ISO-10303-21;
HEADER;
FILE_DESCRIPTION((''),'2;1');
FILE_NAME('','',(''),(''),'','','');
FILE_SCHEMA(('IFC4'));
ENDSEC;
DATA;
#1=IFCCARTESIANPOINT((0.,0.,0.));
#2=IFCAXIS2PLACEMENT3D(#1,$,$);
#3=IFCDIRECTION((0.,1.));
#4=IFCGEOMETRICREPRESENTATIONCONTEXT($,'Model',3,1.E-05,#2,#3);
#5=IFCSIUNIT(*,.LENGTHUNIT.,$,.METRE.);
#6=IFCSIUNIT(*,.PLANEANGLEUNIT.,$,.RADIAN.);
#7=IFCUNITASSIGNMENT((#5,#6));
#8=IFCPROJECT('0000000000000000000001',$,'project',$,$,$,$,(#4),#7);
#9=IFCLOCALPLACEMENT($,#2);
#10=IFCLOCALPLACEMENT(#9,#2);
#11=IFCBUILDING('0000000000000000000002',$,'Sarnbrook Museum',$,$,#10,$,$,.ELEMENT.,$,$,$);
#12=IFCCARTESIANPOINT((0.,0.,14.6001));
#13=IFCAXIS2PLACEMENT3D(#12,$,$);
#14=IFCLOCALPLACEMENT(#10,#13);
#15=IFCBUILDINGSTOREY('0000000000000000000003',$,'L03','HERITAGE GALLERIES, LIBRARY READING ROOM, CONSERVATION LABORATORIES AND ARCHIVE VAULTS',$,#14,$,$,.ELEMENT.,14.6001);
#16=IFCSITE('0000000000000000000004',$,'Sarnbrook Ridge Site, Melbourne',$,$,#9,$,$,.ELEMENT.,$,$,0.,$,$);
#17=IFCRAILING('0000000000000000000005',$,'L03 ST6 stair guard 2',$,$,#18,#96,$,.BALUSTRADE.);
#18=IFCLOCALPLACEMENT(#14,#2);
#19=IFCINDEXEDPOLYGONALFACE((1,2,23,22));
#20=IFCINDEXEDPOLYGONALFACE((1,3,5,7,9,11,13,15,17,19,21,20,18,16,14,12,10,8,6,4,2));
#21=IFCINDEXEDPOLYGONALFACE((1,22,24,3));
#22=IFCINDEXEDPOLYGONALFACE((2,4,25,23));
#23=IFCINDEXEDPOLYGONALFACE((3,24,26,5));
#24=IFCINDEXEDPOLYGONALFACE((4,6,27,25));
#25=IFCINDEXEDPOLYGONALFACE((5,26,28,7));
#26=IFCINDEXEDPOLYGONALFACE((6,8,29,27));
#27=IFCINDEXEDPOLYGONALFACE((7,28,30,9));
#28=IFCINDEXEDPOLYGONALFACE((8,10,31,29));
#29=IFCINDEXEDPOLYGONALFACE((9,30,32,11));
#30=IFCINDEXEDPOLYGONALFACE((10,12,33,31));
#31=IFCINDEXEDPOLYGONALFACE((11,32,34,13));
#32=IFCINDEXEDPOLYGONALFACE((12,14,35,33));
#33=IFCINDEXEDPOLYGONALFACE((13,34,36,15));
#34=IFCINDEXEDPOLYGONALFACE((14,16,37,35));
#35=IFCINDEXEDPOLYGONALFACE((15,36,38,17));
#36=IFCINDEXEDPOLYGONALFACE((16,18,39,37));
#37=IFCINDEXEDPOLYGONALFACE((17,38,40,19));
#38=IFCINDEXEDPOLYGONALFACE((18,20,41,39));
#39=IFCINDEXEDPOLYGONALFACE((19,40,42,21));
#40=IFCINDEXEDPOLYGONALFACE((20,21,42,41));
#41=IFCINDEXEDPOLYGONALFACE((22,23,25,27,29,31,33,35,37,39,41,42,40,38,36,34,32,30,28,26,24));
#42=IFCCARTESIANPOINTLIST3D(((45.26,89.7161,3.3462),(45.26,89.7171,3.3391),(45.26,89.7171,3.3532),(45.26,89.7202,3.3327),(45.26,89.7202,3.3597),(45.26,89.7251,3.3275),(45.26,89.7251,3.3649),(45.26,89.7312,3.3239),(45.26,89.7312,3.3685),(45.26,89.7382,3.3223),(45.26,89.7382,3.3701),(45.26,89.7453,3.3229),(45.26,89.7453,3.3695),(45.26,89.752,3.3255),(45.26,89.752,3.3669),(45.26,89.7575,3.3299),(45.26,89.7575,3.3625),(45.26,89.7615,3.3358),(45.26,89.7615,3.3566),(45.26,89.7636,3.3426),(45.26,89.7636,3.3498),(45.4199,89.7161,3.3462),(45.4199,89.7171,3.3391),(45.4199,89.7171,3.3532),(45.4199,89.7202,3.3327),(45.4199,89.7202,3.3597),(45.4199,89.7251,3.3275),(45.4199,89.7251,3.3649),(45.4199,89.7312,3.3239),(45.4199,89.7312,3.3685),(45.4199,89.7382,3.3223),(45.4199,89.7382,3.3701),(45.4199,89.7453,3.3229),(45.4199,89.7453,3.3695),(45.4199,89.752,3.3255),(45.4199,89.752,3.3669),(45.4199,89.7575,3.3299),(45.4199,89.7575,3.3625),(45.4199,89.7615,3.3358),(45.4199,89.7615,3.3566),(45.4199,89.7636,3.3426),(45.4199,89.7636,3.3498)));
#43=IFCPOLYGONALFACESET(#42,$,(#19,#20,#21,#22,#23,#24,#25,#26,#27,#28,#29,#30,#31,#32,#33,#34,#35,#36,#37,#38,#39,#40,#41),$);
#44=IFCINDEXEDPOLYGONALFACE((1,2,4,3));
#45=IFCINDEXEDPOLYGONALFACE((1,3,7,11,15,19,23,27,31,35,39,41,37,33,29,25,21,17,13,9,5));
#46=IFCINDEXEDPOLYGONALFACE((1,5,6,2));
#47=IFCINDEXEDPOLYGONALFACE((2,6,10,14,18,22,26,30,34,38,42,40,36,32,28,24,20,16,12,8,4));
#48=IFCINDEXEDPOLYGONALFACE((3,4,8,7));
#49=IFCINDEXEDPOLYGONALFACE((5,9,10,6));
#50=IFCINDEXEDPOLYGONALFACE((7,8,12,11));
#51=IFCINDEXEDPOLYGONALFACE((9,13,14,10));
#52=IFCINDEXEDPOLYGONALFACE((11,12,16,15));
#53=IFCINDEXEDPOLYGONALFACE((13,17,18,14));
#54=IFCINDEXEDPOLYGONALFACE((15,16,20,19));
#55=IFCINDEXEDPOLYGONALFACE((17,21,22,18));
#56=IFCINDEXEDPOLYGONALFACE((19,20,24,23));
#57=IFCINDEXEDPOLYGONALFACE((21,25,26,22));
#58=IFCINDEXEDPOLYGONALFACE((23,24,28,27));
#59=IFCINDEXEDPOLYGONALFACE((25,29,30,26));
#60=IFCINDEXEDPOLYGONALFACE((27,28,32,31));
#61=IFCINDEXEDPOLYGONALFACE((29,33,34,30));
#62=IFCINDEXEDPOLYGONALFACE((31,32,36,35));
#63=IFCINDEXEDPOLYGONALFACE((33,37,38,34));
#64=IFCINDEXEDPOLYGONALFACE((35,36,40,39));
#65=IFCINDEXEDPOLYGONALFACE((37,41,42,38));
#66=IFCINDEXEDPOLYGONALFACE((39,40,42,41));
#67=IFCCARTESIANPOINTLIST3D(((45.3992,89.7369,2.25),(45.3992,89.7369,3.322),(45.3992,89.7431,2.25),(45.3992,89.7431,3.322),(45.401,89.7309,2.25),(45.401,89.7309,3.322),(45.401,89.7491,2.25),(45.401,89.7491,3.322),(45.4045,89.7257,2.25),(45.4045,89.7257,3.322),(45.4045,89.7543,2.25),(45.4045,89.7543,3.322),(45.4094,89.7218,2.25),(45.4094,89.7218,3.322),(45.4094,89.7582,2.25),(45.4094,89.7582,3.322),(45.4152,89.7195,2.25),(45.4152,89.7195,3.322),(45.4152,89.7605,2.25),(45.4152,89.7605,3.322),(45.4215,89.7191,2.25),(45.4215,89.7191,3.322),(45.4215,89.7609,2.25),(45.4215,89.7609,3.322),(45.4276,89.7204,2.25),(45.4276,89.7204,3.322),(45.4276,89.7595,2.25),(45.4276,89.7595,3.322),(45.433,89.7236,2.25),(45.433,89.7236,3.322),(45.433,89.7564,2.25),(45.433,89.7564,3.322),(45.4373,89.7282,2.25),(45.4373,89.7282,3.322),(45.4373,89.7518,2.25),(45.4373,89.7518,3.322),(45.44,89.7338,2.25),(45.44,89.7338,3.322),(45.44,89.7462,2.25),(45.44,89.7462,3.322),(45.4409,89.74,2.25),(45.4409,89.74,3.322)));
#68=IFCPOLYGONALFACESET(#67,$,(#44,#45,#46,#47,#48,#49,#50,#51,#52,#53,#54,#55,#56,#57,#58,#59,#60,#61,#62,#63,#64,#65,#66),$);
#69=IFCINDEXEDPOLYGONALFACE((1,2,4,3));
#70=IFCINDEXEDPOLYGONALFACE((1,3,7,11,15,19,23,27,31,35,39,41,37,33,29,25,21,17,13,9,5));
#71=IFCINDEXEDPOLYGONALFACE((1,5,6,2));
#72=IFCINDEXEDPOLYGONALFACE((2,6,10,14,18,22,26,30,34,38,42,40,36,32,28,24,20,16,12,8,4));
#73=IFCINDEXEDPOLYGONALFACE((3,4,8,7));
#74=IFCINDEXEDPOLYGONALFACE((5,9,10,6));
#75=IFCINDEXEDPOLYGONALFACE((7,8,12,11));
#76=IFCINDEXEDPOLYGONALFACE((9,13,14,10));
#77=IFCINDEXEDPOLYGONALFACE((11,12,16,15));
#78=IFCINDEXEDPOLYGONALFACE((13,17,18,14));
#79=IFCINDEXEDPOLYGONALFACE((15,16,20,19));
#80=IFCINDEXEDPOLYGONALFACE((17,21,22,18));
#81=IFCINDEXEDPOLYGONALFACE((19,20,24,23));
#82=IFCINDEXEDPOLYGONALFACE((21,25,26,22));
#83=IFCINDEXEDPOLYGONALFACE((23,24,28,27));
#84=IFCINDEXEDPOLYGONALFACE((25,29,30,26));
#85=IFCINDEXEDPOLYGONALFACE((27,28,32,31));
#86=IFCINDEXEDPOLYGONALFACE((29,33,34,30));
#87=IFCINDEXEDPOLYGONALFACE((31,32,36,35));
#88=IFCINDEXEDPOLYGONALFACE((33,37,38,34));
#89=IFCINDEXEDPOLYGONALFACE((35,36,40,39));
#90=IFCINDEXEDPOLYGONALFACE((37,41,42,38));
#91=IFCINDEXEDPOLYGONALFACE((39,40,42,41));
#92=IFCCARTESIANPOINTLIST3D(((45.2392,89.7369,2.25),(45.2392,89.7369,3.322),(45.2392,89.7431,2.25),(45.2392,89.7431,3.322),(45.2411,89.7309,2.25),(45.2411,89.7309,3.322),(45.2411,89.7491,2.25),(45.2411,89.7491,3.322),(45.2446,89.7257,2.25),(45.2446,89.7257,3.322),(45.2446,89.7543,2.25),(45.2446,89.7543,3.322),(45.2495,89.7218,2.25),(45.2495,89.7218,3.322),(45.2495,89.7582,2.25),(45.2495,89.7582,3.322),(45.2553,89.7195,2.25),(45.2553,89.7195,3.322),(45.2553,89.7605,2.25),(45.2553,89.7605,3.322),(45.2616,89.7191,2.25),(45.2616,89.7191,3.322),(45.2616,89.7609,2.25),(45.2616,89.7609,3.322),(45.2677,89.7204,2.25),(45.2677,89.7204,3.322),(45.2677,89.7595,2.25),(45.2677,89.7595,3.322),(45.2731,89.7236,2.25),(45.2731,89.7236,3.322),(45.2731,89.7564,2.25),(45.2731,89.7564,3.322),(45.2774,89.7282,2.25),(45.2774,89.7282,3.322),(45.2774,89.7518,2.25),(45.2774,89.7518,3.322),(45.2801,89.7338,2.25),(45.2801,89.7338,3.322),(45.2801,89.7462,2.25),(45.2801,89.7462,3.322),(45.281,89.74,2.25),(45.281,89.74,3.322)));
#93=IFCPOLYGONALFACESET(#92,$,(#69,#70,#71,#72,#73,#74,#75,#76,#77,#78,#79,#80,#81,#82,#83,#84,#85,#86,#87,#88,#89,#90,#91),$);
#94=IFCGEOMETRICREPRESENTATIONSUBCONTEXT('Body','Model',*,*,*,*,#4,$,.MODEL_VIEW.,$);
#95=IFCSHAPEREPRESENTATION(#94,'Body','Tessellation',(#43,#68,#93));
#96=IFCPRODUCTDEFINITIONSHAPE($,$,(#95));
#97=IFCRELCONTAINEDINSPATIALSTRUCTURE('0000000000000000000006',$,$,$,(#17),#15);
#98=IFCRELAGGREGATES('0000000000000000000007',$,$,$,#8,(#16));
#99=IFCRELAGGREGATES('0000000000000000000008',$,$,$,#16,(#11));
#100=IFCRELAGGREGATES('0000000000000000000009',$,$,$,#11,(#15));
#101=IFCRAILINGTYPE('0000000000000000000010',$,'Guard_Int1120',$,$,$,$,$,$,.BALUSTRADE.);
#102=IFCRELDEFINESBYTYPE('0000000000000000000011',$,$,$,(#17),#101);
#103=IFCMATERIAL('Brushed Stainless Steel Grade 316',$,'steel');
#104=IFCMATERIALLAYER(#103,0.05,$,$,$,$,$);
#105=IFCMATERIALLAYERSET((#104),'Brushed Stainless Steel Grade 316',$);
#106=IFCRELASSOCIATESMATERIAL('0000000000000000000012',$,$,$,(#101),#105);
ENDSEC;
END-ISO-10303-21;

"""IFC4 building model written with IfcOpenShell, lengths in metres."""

from ifc_helpers import new_model, si_unit, direction, frame, origin, origin_2d, place, context, subcontext, project, spatial, circle, extrude, material, layer, layer_set, type_object, element, save


model = new_model("IFC4")

# Units and contexts
model_context = context("Model", 3, precision=1e-05, world=origin(), true_north=direction((0.0, 1.0)))
body_context = subcontext(model_context, "Body", "Model", "MODEL_VIEW")
ifc_project = project(units=[si_unit("LENGTHUNIT", "METRE"), si_unit("PLANEANGLEUNIT", "RADIAN")], contexts=[model_context])

# Site, building, storey
site_placement = place(None, origin())
site = spatial("IfcSite", under=ifc_project, at=site_placement, Name="Sarnbrook Ridge Site, Melbourne", CompositionType="ELEMENT", RefElevation=0.0)
building_placement = place(site_placement, origin())
building = spatial("IfcBuilding", under=site, at=building_placement, Name="Sarnbrook Museum", CompositionType="ELEMENT")
storey_placement = place(building_placement, frame((0.0, 0.0, 14.6001)))
storey = spatial("IfcBuildingStorey", under=building, at=storey_placement, Name="L03", Description="HERITAGE GALLERIES, LIBRARY READING ROOM, CONSERVATION LABORATORIES AND ARCHIVE VAULTS", CompositionType="ELEMENT", Elevation=14.6001)

# Railing
ifc_material_1 = material(Name="Brushed Stainless Steel Grade 316", Category="steel")
ifc_layer_1 = layer(ifc_material_1, 0.05)
ifc_layer_set_1 = layer_set([ifc_layer_1], Name="Brushed Stainless Steel Grade 316")
railing_type = type_object("IfcRailingType", Name="Guard_Int1120", PredefinedType="BALUSTRADE", material=ifc_layer_set_1)
railing_1_placement = place(storey_placement, frame((45.4199, 89.74, 2.25)))
element("IfcRailing", 1, at=railing_1_placement, inside=storey, type_object=railing_type, Name="L03 ST6 stair guard 2", PredefinedType="BALUSTRADE", context=body_context, shape_type="SweptSolid", body=[
    extrude(circle(Radius=0.0239, at=origin_2d()), frame((0.0, 0.0, 1.0962), z_axis=(-1.0, 0.0, 0.0), x_axis=(0.0, -1.0, 0.0)), (0.0, 0.0, 1.0), 0.1599),
    extrude(circle(Radius=0.021, at=origin_2d()), origin(), (0.0, 0.0, 1.0), 1.072),
    extrude(circle(Radius=0.021, at=origin_2d()), frame((-0.1599, 0.0, 0.0)), (0.0, 0.0, 1.0), 1.072),
])

save(model, "model.ifc")
